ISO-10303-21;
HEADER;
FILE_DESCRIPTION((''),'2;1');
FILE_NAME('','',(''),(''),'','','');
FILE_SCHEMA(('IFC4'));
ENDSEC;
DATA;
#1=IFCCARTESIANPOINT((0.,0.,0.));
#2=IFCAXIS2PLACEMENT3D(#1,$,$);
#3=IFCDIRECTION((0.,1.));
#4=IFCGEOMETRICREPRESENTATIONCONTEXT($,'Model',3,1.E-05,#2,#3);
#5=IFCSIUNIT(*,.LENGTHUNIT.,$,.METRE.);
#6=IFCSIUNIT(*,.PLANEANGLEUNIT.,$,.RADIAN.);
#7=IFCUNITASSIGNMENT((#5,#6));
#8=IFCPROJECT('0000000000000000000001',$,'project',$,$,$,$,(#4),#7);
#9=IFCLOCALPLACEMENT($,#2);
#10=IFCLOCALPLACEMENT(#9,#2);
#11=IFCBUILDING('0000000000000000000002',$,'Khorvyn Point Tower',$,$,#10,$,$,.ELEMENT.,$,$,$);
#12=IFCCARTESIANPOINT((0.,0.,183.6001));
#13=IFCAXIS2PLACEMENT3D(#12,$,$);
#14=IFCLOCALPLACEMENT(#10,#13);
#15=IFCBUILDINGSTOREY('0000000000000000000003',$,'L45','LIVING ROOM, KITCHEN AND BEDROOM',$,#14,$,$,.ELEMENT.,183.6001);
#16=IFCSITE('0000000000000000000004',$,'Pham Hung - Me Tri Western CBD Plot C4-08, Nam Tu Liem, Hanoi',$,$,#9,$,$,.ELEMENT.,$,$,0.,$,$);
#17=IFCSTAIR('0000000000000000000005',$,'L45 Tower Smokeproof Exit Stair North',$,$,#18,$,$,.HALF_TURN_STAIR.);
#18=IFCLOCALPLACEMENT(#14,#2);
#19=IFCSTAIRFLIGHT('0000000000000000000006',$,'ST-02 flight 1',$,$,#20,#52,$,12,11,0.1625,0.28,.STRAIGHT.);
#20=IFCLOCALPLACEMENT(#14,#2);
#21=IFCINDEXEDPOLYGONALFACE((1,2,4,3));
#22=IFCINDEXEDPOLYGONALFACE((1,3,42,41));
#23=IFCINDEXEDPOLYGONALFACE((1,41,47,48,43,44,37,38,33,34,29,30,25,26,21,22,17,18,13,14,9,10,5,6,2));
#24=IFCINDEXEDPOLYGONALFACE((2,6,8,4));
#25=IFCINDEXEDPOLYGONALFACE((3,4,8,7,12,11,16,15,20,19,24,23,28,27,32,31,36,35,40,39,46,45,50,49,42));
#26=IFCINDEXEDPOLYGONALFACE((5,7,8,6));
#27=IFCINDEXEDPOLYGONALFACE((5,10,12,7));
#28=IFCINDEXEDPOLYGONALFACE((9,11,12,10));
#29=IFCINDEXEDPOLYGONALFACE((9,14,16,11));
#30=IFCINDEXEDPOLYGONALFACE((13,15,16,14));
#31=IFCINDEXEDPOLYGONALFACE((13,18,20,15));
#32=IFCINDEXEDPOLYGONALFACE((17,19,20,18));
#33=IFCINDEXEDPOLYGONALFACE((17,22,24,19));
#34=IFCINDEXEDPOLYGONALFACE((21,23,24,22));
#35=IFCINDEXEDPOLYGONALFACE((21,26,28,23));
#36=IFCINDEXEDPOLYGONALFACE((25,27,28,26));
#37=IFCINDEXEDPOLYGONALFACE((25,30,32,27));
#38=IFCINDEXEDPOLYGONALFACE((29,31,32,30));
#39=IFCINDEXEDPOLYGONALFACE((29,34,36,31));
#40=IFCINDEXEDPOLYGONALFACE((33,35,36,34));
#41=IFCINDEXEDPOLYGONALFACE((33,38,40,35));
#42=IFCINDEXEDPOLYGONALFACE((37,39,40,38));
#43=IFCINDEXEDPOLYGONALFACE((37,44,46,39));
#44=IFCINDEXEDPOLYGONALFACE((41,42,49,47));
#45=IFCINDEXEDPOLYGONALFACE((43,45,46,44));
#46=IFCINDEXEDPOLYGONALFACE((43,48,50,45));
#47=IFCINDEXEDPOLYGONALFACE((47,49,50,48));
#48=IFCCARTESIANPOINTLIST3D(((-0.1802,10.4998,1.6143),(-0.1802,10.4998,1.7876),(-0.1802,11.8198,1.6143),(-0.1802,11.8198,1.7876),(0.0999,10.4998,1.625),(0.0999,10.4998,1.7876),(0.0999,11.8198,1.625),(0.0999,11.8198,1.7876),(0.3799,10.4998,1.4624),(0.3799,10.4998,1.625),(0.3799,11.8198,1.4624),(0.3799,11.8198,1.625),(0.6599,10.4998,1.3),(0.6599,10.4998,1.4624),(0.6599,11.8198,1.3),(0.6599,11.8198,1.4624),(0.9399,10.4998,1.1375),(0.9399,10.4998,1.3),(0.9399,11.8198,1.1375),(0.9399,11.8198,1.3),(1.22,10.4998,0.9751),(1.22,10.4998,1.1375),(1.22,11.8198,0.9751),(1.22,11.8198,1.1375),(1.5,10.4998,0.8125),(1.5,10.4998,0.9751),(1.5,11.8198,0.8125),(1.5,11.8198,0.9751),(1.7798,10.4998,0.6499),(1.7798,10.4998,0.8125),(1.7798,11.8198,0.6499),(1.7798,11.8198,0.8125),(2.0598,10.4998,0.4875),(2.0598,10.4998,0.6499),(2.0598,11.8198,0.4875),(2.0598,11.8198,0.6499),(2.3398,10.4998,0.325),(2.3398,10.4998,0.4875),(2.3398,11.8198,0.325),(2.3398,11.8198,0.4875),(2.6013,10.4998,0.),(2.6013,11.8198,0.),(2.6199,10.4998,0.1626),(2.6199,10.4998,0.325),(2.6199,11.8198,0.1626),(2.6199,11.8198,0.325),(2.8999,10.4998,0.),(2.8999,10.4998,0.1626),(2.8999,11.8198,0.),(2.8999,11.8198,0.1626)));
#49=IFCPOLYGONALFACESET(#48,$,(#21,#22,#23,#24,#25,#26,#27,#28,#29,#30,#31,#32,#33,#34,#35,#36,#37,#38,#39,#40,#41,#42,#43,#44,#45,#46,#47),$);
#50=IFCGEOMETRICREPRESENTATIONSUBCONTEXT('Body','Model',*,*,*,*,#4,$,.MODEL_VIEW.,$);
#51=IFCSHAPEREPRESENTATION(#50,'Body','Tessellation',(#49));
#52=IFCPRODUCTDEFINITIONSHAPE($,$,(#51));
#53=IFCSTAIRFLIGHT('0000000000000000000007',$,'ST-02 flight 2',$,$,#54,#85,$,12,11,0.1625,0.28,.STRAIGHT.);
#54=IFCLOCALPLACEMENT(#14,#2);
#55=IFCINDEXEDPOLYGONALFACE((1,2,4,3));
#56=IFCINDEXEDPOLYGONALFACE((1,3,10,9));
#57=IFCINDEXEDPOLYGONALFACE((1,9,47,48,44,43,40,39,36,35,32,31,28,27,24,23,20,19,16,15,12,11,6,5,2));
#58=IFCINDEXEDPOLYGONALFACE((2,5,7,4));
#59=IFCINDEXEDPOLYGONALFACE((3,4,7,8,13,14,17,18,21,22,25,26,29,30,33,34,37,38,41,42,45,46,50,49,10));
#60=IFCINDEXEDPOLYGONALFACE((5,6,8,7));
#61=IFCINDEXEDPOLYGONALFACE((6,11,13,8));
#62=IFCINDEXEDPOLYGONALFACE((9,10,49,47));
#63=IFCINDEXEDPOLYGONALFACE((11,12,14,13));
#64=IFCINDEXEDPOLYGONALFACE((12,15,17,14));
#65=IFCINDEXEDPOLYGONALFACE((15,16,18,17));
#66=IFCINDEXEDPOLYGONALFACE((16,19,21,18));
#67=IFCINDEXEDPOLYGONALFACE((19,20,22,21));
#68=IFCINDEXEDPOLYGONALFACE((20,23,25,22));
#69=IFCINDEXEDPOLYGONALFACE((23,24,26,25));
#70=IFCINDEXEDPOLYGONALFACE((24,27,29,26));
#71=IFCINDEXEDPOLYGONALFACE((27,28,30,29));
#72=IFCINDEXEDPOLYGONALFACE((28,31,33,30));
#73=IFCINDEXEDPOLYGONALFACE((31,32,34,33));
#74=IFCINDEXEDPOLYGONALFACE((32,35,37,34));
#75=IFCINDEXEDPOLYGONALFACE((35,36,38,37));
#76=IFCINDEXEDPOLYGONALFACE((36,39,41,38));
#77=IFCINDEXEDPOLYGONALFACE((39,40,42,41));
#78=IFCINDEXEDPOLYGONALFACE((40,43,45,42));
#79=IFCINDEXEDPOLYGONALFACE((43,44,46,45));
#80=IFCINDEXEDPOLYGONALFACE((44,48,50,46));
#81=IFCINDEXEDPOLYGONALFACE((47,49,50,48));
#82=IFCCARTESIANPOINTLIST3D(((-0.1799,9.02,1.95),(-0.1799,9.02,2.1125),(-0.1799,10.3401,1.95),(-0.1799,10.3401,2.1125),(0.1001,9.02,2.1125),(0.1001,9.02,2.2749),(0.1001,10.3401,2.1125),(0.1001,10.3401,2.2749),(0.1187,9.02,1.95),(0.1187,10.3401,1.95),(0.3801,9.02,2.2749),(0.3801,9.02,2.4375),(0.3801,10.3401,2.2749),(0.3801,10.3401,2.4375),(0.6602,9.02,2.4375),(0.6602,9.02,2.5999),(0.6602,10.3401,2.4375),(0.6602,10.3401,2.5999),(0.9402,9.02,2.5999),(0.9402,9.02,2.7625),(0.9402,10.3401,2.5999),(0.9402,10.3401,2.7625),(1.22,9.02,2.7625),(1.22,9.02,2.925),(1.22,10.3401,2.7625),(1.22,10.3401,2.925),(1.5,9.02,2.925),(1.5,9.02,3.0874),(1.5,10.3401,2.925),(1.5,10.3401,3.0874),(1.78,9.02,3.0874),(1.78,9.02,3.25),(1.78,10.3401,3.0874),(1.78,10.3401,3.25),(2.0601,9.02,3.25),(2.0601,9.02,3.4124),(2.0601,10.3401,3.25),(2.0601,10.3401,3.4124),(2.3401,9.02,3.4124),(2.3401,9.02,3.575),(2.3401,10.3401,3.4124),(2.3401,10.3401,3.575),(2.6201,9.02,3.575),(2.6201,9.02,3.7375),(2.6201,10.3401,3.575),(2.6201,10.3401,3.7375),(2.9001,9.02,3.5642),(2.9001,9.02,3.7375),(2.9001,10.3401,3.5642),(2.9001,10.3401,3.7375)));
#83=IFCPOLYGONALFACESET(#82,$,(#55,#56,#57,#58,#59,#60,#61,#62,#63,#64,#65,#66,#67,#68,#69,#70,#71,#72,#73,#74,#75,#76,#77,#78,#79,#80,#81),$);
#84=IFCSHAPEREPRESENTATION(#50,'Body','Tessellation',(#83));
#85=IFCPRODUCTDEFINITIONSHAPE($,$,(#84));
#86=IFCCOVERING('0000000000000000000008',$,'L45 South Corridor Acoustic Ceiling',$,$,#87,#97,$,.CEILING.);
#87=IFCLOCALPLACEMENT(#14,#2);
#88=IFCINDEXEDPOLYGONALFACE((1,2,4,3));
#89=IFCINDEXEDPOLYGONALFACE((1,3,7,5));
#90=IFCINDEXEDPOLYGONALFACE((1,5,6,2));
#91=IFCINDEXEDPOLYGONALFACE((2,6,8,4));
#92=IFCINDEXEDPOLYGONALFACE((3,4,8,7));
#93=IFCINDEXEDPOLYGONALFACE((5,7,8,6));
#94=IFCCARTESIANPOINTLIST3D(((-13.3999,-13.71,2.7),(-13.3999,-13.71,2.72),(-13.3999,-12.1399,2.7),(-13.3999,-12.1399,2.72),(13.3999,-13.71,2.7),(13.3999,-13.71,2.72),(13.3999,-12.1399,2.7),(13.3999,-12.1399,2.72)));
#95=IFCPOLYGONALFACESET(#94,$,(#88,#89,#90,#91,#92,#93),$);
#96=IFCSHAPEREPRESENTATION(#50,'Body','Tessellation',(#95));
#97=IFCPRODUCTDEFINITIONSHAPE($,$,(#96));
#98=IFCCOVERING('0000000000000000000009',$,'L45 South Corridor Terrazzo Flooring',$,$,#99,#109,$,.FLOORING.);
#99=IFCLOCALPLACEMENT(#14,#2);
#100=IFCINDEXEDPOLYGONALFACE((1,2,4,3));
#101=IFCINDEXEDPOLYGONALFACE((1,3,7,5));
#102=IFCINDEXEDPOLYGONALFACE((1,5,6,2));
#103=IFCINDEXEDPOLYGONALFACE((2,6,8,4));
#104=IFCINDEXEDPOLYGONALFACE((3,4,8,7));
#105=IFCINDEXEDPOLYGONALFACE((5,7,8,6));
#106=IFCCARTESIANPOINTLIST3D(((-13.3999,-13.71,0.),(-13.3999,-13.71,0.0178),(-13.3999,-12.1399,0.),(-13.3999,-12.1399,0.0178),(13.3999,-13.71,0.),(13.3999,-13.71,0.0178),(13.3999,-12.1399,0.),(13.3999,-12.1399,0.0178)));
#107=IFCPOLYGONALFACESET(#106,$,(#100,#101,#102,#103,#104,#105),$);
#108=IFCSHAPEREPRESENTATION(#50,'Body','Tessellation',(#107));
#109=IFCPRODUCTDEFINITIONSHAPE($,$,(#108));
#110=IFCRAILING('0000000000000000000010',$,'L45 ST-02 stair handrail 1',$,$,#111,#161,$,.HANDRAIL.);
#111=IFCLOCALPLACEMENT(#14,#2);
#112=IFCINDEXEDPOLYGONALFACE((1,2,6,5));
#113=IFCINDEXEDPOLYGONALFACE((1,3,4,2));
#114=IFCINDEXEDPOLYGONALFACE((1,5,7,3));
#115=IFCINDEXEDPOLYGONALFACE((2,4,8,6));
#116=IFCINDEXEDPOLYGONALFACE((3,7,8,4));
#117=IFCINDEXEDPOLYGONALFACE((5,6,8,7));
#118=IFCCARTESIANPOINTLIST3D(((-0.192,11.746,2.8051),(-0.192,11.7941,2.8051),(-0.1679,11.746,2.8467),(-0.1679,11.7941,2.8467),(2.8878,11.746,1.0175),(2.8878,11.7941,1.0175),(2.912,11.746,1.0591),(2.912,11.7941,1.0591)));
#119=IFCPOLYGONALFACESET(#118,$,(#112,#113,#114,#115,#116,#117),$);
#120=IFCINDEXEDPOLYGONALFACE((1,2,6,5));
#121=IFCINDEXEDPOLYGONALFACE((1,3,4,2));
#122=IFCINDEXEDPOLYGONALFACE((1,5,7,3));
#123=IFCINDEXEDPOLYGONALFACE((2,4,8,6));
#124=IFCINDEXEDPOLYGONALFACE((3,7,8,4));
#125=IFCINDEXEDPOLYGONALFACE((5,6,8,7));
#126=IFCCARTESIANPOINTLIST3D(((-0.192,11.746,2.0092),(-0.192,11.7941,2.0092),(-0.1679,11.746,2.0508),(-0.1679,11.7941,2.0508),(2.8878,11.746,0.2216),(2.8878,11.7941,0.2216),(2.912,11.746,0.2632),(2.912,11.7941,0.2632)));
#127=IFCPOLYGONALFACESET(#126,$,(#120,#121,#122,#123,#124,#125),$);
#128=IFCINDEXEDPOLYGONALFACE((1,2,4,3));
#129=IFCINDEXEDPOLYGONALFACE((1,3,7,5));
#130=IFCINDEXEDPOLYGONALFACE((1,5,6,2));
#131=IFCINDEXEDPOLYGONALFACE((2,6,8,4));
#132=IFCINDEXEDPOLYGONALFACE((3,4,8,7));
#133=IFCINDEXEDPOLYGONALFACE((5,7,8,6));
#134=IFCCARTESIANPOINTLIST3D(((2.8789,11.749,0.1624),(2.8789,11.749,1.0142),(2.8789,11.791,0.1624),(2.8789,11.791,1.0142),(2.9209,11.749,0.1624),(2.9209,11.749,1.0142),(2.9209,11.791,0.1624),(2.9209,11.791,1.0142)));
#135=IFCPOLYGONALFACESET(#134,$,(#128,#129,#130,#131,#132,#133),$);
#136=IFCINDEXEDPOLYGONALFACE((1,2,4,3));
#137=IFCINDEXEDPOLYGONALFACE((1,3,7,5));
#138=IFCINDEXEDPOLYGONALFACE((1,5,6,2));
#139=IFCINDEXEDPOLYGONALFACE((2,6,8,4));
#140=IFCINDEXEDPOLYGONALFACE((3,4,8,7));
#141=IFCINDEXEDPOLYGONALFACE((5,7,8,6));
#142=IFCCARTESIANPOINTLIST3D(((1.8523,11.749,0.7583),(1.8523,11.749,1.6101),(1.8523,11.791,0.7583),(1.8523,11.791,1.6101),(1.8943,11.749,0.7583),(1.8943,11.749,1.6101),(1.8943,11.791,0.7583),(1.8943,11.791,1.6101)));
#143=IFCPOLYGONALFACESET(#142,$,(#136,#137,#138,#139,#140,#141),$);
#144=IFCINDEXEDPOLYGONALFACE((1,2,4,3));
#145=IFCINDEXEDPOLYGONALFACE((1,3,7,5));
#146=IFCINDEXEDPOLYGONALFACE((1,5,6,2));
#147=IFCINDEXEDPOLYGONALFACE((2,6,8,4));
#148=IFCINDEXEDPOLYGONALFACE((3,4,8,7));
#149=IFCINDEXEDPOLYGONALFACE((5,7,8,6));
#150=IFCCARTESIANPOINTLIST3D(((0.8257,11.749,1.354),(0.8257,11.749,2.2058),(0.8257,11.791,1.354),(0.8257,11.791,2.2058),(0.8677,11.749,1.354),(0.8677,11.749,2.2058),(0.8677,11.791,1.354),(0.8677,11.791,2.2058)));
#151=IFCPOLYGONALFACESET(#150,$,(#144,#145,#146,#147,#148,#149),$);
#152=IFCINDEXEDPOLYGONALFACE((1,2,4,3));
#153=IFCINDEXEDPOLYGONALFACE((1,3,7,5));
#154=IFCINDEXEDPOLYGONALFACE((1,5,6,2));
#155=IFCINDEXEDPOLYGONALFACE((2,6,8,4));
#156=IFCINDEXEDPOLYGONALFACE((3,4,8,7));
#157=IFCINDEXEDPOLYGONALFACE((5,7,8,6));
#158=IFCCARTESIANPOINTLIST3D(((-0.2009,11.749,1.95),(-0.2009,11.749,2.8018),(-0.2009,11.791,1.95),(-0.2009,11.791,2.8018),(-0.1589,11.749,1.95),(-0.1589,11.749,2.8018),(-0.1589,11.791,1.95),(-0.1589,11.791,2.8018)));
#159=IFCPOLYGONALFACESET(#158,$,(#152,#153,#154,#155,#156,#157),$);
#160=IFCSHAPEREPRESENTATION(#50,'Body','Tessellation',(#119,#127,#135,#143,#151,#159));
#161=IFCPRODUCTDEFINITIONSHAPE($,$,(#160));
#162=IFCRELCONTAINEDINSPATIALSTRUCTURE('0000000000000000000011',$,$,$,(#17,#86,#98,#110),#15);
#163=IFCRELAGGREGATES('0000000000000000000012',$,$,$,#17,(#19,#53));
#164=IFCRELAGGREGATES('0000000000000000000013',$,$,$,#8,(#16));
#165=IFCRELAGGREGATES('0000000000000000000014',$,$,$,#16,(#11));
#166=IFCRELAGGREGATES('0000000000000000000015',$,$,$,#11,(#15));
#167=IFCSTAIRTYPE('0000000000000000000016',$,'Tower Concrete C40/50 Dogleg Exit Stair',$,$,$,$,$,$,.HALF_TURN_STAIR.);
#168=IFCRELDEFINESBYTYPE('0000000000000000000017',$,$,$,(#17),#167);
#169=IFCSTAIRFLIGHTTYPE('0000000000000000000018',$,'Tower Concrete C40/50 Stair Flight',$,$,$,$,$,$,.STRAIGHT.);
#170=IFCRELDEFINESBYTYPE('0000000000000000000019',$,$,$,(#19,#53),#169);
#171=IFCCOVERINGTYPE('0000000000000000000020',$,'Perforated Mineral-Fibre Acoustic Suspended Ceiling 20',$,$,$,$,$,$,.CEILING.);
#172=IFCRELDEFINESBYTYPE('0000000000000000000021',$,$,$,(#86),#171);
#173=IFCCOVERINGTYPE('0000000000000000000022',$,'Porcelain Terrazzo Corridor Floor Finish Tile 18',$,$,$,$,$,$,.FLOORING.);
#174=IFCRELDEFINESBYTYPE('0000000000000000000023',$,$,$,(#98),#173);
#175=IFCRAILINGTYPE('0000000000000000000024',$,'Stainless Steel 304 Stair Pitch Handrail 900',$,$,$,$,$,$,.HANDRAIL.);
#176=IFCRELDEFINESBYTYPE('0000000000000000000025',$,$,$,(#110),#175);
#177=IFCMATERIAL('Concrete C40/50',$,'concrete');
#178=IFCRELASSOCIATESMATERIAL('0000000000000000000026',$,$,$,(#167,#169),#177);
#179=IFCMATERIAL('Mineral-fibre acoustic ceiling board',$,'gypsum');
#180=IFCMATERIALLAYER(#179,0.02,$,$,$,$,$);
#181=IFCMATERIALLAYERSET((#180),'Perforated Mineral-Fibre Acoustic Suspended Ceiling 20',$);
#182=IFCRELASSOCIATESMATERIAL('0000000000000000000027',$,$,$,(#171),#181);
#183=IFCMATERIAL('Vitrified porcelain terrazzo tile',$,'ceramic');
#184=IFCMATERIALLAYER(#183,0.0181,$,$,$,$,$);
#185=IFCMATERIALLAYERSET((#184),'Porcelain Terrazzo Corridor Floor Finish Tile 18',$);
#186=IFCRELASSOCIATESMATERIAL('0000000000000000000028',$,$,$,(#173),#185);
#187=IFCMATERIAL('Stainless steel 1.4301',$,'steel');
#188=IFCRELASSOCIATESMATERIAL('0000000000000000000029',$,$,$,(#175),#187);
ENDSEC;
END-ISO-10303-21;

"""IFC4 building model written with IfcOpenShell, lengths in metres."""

from ifc_helpers import new_model, si_unit, direction, frame, origin, origin_2d, place, context, subcontext, project, spatial, polyline, rectangle, outline, extrude, material, layer, layer_set, type_object, element, aggregate, save


model = new_model("IFC4")

# Units and contexts
model_context = context("Model", 3, precision=1e-05, world=origin(), true_north=direction((0.0, 1.0)))
body_context = subcontext(model_context, "Body", "Model", "MODEL_VIEW")
ifc_project = project(units=[si_unit("LENGTHUNIT", "METRE"), si_unit("PLANEANGLEUNIT", "RADIAN")], contexts=[model_context])

# Site, building, storey
site_placement = place(None, origin())
site = spatial("IfcSite", under=ifc_project, at=site_placement, Name="Pham Hung - Me Tri Western CBD Plot C4-08, Nam Tu Liem, Hanoi", CompositionType="ELEMENT", RefElevation=0.0)
building_placement = place(site_placement, origin())
building = spatial("IfcBuilding", under=site, at=building_placement, Name="Khorvyn Point Tower", CompositionType="ELEMENT")
storey_placement = place(building_placement, frame((0.0, 0.0, 183.6001)))
storey = spatial("IfcBuildingStorey", under=building, at=storey_placement, Name="L45", Description="LIVING ROOM, KITCHEN AND BEDROOM", CompositionType="ELEMENT", Elevation=183.6001)

# Shared definitions
ifc_material_1 = material(Name="Concrete C40/50", Category="concrete")

# Stair
stair_type = type_object("IfcStairType", Name="Tower Concrete C40/50 Dogleg Exit Stair", PredefinedType="HALF_TURN_STAIR", material=ifc_material_1)
stair_1_placement = place(storey_placement, origin())
stair_1 = element("IfcStair", 1, at=stair_1_placement, inside=storey, type_object=stair_type, Name="L45 Tower Smokeproof Exit Stair North", PredefinedType="HALF_TURN_STAIR")

# Shared definitions
ifc_material_2 = material(Name="Stainless steel 1.4301", Category="steel")

# Stair flights
stair_flight_type = type_object("IfcStairFlightType", Name="Tower Concrete C40/50 Stair Flight", PredefinedType="STRAIGHT", material=ifc_material_1)
stair_flight_1_placement = place(storey_placement, frame((2.8999, 11.1599, 0.0), z_axis=(0.0, 0.0, 1.0), x_axis=(-1.0, 0.0, 0.0)))
stair_flight_1 = element("IfcStairFlight", 2, at=stair_flight_1_placement, type_object=stair_flight_type, Name="ST-02 flight 1", NumberOfRisers=12, NumberOfTreads=11, PredefinedType="STRAIGHT", RiserHeight=0.1625, TreadLength=0.28, context=body_context, shape_type="SweptSolid", body=[
    extrude(outline(polyline([(0.0, 0.0), (0.0, 0.1626), (0.28, 0.1626), (0.28, 0.325), (0.5601, 0.325), (0.5601, 0.4875), (0.8401, 0.4875), (0.8401, 0.6499), (1.1201, 0.6499), (1.1201, 0.8125), (1.3999, 0.8125), (1.3999, 0.9751), (1.6799, 0.9751), (1.6799, 1.1375), (1.96, 1.1375), (1.96, 1.3), (2.24, 1.3), (2.24, 1.4624), (2.52, 1.4624), (2.52, 1.625), (2.8, 1.625), (2.8, 1.7876), (3.0801, 1.7876), (3.0801, 1.95), (3.0801, 1.6143), (0.2986, 0.0), (0.0, 0.0)])), frame((0.0, 0.6602, 0.0), z_axis=(0.0, -1.0, 0.0), x_axis=(1.0, 0.0, 0.0)), (0.0, 0.0, 1.0), 1.3201),
])
stair_flight_2_placement = place(storey_placement, frame((-0.1799, 9.6799, 1.95), z_axis=(0.0, 0.0, 1.0), x_axis=(1.0, 0.0, 0.0)))
stair_flight_2 = element("IfcStairFlight", 3, at=stair_flight_2_placement, type_object=stair_flight_type, Name="ST-02 flight 2", NumberOfRisers=12, NumberOfTreads=11, PredefinedType="STRAIGHT", RiserHeight=0.1625, TreadLength=0.28, context=body_context, shape_type="SweptSolid", body=[
    extrude(outline(polyline([(0.0, 0.0), (0.0, 0.1626), (0.28, 0.1626), (0.28, 0.325), (0.5601, 0.325), (0.5601, 0.4875), (0.8401, 0.4875), (0.8401, 0.6499), (1.1201, 0.6499), (1.1201, 0.8125), (1.3999, 0.8125), (1.3999, 0.9751), (1.6799, 0.9751), (1.6799, 1.1375), (1.96, 1.1375), (1.96, 1.3), (2.24, 1.3), (2.24, 1.4624), (2.52, 1.4624), (2.52, 1.625), (2.8, 1.625), (2.8, 1.7876), (3.0801, 1.7876), (3.0801, 1.95), (3.0801, 1.6143), (0.2986, 0.0), (0.0, 0.0)])), frame((0.0, 0.6602, 0.0), z_axis=(0.0, -1.0, 0.0), x_axis=(1.0, 0.0, 0.0)), (0.0, 0.0, 1.0), 1.3201),
])
aggregate(stair_1, [stair_flight_1, stair_flight_2])

# Coverings
ifc_material_3 = material(Name="Mineral-fibre acoustic ceiling board", Category="gypsum")
ifc_layer_1 = layer(ifc_material_3, 0.02)
ifc_layer_set_1 = layer_set([ifc_layer_1], Name="Perforated Mineral-Fibre Acoustic Suspended Ceiling 20")
covering_type_1 = type_object("IfcCoveringType", Name="Perforated Mineral-Fibre Acoustic Suspended Ceiling 20", PredefinedType="CEILING", material=ifc_layer_set_1)
covering_1_placement = place(storey_placement, frame((0.0, 0.0, 2.7)))
element("IfcCovering", 4, at=covering_1_placement, inside=storey, type_object=covering_type_1, Name="L45 South Corridor Acoustic Ceiling", PredefinedType="CEILING", context=body_context, shape_type="SweptSolid", body=[
    extrude(outline(polyline([(-13.3999, -13.71), (13.3999, -13.71), (13.3999, -12.1399), (-13.3999, -12.1399), (-13.3999, -13.71)])), origin(), (0.0, 0.0, 1.0), 0.02),
])
ifc_material_4 = material(Name="Vitrified porcelain terrazzo tile", Category="ceramic")
ifc_layer_2 = layer(ifc_material_4, 0.0181)
ifc_layer_set_2 = layer_set([ifc_layer_2], Name="Porcelain Terrazzo Corridor Floor Finish Tile 18")
covering_type_2 = type_object("IfcCoveringType", Name="Porcelain Terrazzo Corridor Floor Finish Tile 18", PredefinedType="FLOORING", material=ifc_layer_set_2)
covering_2_placement = place(storey_placement, origin())
element("IfcCovering", 5, at=covering_2_placement, inside=storey, type_object=covering_type_2, Name="L45 South Corridor Terrazzo Flooring", PredefinedType="FLOORING", context=body_context, shape_type="SweptSolid", body=[
    extrude(outline(polyline([(-13.3999, -13.71), (13.3999, -13.71), (13.3999, -12.1399), (-13.3999, -12.1399), (-13.3999, -13.71)])), origin(), (0.0, 0.0, 1.0), 0.0178),
])

# Railing
railing_type_1 = type_object("IfcRailingType", Name="Stainless Steel 304 Stair Pitch Handrail 900", PredefinedType="HANDRAIL", material=ifc_material_2)
railing_1_placement = place(storey_placement, frame((2.8999, 11.77, 0.1624)))
element("IfcRailing", 6, at=railing_1_placement, inside=storey, type_object=railing_type_1, Name="L45 ST-02 stair handrail 1", PredefinedType="HANDRAIL", context=body_context, shape_type="SweptSolid", body=[
    extrude(rectangle(XDim=0.0481, YDim=0.0481, at=origin_2d()), frame((0.0, 0.0, 0.876), z_axis=(-0.864873, 0.0, 0.50199), x_axis=(0.0, -1.0, 0.0)), (0.0, 0.0, 1.0), 3.561),
    extrude(rectangle(XDim=0.0481, YDim=0.0481, at=origin_2d()), frame((0.0, 0.0, 0.0801), z_axis=(-0.864873, 0.0, 0.50199), x_axis=(0.0, -1.0, 0.0)), (0.0, 0.0, 1.0), 3.561),
    extrude(rectangle(XDim=0.042, YDim=0.042, at=origin_2d()), origin(), (0.0, 0.0, 1.0), 0.8518),
    extrude(rectangle(XDim=0.042, YDim=0.042, at=origin_2d()), frame((-1.0266, 0.0, 0.5959)), (0.0, 0.0, 1.0), 0.8518),
    extrude(rectangle(XDim=0.042, YDim=0.042, at=origin_2d()), frame((-2.0532, 0.0, 1.1917)), (0.0, 0.0, 1.0), 0.8518),
    extrude(rectangle(XDim=0.042, YDim=0.042, at=origin_2d()), frame((-3.0798, 0.0, 1.7876)), (0.0, 0.0, 1.0), 0.8518),
])

save(model, "model.ifc")
